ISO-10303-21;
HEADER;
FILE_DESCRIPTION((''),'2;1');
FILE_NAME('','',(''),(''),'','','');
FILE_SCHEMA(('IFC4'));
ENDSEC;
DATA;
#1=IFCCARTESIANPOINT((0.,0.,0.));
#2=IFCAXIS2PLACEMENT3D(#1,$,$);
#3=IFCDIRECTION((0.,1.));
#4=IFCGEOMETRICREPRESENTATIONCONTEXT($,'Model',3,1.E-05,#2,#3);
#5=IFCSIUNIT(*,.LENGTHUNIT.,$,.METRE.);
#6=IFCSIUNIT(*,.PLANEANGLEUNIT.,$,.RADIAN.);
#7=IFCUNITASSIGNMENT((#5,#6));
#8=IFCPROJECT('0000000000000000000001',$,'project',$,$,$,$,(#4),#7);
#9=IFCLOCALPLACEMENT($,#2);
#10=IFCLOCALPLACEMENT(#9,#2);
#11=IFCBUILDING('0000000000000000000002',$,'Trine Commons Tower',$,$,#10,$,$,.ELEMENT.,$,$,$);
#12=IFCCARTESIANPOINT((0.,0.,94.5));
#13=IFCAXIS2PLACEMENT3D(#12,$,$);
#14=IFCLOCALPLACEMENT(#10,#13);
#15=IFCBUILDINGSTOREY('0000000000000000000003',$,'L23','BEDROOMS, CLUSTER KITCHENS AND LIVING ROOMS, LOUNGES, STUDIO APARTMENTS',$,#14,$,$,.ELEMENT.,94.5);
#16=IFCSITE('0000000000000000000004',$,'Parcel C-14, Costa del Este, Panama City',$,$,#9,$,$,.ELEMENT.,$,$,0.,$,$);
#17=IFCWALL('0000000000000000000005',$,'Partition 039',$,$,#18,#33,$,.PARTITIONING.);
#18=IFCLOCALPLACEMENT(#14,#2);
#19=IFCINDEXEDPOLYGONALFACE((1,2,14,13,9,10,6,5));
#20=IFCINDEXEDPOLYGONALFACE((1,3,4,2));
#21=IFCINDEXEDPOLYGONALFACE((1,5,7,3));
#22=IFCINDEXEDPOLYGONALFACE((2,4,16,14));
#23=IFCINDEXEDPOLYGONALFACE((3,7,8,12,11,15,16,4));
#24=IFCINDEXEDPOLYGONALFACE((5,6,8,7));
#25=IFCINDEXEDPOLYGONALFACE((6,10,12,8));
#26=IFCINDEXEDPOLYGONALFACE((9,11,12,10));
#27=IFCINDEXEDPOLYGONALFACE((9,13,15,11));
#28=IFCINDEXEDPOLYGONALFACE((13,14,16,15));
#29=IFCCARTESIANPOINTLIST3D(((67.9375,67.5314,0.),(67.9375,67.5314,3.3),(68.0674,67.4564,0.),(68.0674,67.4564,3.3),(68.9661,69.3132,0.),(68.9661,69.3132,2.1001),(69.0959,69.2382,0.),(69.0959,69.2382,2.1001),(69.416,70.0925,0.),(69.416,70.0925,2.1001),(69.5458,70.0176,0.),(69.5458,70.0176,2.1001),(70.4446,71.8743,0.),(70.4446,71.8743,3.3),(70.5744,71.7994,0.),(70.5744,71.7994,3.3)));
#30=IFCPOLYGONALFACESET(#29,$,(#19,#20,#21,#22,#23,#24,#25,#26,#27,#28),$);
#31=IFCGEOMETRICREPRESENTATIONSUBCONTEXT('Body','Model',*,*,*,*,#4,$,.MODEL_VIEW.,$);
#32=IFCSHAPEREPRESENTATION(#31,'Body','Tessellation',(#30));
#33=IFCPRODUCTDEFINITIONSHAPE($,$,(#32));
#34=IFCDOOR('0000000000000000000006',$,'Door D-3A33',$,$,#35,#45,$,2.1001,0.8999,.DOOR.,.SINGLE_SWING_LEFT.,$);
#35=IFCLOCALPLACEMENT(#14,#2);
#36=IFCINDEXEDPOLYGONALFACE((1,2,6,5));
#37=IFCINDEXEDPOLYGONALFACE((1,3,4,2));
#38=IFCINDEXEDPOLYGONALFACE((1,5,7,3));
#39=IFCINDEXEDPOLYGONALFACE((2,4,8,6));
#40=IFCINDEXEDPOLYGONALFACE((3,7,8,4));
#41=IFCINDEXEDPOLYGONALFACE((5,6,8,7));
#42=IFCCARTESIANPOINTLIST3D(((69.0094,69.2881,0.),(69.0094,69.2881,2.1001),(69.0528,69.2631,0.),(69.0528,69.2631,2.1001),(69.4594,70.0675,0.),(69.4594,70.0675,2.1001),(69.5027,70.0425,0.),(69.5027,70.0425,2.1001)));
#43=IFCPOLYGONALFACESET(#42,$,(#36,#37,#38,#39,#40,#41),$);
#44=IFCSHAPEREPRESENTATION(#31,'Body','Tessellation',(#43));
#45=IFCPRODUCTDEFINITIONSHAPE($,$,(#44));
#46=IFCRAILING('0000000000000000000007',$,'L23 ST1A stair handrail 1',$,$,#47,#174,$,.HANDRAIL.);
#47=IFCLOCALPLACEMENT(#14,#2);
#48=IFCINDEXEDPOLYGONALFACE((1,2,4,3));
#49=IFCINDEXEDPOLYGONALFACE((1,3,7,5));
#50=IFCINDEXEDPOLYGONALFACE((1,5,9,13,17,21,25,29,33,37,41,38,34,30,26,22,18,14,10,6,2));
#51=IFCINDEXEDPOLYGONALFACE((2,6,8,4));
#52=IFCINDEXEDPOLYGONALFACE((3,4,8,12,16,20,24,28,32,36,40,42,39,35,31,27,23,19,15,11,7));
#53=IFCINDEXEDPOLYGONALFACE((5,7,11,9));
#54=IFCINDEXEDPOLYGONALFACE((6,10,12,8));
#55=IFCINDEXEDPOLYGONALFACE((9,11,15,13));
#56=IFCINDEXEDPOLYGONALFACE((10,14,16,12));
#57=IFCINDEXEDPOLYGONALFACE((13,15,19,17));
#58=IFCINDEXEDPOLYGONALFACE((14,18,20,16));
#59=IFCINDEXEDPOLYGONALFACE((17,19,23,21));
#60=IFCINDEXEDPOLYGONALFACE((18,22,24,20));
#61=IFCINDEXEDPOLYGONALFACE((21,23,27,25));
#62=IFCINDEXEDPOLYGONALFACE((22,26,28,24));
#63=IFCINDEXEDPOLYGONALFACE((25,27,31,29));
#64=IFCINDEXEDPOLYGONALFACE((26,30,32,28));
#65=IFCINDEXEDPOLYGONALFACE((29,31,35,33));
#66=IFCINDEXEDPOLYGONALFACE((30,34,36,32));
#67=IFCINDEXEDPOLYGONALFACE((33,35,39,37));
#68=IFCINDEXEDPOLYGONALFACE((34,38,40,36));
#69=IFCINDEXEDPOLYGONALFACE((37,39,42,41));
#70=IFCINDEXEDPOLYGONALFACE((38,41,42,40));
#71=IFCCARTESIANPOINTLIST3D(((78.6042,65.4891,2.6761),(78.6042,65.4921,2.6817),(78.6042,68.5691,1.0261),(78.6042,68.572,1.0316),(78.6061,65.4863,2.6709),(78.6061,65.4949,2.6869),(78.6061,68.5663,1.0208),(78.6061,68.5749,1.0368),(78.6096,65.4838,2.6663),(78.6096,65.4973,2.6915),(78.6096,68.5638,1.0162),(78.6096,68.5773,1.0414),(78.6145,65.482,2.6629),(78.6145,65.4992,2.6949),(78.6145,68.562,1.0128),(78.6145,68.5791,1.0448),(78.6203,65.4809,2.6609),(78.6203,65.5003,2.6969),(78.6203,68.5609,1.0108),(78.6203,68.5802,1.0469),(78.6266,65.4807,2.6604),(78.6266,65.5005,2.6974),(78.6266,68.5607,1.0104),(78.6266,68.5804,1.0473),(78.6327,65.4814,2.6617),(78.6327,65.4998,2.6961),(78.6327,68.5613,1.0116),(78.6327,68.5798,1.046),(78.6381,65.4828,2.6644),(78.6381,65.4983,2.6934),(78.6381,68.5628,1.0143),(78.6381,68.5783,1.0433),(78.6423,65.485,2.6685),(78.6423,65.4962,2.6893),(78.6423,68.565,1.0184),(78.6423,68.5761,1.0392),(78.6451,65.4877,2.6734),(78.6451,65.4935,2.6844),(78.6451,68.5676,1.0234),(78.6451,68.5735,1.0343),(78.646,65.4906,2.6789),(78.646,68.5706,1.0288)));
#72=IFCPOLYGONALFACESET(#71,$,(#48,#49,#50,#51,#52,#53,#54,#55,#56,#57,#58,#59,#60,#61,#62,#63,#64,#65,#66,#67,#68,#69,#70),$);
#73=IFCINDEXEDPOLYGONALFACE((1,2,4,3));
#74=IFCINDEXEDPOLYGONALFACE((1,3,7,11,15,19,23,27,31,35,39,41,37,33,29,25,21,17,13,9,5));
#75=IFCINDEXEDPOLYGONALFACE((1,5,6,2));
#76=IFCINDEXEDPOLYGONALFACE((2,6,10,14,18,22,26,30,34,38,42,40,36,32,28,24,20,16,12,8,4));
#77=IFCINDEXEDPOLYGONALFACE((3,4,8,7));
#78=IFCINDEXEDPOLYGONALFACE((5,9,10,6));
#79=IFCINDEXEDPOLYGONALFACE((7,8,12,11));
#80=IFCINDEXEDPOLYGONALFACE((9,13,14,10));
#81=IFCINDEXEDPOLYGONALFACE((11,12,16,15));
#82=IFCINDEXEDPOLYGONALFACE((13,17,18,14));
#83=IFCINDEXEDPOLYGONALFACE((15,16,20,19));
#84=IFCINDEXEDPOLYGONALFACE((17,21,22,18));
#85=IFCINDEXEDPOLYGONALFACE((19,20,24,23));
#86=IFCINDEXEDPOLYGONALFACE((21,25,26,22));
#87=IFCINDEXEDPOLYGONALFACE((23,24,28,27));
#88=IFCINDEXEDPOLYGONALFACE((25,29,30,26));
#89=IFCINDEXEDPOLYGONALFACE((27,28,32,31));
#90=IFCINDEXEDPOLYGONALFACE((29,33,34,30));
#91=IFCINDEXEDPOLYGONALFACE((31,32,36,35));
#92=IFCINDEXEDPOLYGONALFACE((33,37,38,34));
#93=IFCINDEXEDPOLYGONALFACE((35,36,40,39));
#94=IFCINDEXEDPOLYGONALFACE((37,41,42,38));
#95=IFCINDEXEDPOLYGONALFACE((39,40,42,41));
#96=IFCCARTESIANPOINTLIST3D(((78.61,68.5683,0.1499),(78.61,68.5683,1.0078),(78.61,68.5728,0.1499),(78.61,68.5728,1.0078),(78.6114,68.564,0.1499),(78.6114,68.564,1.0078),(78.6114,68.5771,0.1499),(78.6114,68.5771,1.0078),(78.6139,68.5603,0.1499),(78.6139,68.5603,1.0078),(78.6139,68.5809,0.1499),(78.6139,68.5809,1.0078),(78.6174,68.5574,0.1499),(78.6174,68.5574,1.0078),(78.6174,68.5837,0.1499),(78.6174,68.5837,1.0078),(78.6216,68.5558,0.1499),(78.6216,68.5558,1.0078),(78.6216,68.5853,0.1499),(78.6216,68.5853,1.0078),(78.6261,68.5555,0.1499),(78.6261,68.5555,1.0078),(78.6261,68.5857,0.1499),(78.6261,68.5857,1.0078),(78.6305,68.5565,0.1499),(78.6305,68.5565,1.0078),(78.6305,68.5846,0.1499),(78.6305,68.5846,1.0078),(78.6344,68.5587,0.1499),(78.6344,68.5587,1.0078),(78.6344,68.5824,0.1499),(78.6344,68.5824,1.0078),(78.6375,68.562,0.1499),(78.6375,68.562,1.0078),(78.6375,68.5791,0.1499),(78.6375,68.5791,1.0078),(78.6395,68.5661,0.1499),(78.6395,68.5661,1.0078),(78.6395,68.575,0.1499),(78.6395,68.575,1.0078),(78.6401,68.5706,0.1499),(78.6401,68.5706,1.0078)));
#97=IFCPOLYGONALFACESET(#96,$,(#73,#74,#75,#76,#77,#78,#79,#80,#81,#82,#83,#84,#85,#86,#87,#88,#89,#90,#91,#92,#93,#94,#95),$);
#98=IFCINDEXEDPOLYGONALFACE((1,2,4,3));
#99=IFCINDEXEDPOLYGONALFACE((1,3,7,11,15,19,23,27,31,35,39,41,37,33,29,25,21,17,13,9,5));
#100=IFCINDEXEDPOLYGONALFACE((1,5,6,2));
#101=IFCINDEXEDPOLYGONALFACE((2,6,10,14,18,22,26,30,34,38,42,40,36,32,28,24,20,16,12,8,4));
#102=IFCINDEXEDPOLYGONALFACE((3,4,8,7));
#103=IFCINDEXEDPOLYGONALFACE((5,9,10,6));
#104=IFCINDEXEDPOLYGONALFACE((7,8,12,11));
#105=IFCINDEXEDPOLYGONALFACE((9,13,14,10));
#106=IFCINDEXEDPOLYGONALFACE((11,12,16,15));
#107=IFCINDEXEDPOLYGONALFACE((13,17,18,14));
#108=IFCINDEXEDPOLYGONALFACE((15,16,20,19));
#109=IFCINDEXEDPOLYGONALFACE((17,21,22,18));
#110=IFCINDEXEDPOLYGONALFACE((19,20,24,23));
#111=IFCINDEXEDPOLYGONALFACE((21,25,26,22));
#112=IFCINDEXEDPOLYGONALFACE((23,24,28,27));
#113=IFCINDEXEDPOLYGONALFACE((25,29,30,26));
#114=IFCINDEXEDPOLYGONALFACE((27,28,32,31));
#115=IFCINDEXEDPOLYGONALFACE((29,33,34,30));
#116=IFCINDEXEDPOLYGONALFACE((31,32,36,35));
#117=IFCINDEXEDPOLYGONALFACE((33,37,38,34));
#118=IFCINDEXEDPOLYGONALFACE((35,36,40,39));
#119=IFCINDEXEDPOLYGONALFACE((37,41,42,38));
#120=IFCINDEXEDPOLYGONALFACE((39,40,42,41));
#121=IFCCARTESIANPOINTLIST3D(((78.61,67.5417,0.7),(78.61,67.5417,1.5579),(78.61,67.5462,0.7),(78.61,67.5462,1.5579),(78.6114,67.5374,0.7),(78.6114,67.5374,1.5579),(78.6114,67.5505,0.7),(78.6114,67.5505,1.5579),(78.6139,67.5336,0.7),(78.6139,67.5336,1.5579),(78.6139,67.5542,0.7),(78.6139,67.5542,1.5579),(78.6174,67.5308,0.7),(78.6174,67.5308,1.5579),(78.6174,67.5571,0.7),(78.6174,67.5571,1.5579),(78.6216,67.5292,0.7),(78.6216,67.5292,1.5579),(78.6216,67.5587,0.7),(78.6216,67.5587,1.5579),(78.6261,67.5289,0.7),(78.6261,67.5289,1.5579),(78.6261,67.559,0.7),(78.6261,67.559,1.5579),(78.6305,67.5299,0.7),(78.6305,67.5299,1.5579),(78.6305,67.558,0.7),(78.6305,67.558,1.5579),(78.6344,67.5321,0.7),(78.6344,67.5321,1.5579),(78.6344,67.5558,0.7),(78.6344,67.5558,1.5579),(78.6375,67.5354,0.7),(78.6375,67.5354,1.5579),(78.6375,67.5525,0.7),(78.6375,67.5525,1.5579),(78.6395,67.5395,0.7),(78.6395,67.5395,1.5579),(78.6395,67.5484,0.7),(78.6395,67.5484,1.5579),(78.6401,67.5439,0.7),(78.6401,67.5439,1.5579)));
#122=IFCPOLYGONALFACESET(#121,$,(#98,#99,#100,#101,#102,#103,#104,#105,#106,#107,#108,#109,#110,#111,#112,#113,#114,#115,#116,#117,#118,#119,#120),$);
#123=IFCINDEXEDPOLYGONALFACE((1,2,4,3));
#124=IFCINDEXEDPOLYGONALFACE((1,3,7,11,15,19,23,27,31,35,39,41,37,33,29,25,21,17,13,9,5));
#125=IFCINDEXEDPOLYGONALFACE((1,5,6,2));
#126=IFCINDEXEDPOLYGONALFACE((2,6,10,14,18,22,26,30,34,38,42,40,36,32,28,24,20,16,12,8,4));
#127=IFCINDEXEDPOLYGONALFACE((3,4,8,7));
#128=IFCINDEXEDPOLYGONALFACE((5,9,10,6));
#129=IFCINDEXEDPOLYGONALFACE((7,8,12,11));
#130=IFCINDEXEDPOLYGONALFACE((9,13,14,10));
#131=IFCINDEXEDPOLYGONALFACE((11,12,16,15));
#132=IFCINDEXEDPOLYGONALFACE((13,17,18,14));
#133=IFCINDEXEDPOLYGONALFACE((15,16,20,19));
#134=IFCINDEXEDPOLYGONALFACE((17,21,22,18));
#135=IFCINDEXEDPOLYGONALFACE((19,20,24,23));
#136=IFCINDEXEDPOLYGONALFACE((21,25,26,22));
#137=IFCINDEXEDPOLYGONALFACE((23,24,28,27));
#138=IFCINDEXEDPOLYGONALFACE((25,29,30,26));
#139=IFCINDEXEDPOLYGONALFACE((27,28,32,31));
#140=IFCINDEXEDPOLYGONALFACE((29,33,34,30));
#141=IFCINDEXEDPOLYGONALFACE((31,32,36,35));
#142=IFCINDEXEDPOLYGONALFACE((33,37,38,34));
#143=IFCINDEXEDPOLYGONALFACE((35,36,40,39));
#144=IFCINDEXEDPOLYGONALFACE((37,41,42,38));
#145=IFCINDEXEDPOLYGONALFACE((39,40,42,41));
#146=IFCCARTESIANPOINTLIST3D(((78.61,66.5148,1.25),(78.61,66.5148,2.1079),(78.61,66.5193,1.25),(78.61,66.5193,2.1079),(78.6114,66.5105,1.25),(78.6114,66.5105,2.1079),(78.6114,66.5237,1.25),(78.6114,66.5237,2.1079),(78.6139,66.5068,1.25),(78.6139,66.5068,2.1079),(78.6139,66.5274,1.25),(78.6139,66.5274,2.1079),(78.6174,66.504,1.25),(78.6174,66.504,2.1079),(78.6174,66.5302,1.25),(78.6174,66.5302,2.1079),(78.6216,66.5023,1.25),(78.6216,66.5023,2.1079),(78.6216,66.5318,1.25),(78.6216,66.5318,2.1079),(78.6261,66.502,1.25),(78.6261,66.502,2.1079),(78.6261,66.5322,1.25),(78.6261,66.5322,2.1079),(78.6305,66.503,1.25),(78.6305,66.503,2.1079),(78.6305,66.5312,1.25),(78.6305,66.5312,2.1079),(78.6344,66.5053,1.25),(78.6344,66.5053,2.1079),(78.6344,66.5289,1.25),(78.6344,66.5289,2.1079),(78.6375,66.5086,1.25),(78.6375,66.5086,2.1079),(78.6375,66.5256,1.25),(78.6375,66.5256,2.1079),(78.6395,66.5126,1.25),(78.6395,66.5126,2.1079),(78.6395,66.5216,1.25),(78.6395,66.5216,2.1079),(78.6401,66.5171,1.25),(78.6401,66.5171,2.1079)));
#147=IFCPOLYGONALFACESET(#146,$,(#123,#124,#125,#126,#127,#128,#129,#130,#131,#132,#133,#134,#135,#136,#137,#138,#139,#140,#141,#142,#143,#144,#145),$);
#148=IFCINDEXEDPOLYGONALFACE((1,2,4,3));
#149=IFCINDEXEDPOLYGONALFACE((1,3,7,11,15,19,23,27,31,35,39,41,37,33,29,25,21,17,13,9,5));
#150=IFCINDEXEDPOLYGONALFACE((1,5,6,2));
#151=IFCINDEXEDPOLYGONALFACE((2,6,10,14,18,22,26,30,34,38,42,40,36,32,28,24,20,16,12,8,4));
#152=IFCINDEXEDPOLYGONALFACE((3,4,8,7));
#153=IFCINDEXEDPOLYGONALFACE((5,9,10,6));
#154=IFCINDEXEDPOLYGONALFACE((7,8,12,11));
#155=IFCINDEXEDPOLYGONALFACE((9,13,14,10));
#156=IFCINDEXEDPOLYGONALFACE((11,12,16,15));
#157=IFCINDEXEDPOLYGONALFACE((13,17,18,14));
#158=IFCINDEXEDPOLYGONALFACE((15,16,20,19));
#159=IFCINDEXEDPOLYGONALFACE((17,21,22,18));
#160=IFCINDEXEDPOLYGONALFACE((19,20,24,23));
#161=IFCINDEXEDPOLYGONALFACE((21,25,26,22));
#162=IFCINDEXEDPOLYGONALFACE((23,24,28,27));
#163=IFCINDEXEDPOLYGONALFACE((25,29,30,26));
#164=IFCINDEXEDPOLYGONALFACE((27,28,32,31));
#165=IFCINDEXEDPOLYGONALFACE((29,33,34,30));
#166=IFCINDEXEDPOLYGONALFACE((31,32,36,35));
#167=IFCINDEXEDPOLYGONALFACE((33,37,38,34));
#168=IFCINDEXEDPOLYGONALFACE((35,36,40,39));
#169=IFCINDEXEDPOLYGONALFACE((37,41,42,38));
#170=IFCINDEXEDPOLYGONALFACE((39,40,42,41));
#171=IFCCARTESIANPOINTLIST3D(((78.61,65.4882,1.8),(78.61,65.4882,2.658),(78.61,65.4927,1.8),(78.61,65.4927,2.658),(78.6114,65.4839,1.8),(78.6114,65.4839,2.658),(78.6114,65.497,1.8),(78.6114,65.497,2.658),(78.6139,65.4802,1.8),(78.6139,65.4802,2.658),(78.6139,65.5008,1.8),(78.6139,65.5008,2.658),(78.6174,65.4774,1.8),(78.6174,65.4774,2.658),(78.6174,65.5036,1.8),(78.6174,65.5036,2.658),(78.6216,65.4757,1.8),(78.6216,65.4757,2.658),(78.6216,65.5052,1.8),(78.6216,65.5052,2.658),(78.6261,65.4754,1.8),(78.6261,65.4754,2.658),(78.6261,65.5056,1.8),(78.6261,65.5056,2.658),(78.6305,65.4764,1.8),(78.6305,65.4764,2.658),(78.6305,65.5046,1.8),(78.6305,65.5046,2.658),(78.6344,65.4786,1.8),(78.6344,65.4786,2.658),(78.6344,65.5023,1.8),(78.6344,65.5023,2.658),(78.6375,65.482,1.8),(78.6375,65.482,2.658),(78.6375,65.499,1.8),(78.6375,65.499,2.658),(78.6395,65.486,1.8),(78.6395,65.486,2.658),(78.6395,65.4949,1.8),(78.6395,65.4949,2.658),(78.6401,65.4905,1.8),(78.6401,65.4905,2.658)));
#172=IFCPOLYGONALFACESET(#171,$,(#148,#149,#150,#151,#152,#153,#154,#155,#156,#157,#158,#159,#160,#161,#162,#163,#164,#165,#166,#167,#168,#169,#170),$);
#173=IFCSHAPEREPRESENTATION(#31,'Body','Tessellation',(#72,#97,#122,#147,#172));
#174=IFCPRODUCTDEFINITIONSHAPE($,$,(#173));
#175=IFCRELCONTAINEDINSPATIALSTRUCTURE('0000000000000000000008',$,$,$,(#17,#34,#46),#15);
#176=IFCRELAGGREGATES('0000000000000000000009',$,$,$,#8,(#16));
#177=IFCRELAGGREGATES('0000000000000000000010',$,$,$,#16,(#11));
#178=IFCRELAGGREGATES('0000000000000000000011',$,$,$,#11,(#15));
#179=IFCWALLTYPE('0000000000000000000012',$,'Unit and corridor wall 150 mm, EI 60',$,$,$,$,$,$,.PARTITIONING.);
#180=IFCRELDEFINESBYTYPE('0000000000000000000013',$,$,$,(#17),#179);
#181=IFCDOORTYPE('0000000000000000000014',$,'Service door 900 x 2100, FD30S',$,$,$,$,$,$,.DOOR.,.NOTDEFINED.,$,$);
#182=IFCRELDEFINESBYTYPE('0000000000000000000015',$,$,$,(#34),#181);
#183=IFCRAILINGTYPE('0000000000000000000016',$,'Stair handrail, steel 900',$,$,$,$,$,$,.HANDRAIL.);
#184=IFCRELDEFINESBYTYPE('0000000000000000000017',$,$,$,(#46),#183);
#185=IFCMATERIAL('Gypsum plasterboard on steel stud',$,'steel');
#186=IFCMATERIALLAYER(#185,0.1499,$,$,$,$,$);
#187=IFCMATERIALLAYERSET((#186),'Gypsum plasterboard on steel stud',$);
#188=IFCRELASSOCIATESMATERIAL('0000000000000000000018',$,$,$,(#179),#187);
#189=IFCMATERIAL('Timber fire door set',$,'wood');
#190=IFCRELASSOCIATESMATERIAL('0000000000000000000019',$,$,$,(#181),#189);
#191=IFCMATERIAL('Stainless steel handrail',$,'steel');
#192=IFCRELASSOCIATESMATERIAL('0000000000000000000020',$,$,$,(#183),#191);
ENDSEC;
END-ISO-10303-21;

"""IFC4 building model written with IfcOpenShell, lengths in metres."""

from ifc_helpers import new_model, si_unit, direction, frame, frame_2d, origin, origin_2d, place, context, subcontext, project, spatial, rectangle, circle, extrude, material, layer, layer_set, type_object, element, fill, save


model = new_model("IFC4")

# Units and contexts
model_context = context("Model", 3, precision=1e-05, world=origin(), true_north=direction((0.0, 1.0)))
body_context = subcontext(model_context, "Body", "Model", "MODEL_VIEW")
ifc_project = project(units=[si_unit("LENGTHUNIT", "METRE"), si_unit("PLANEANGLEUNIT", "RADIAN")], contexts=[model_context])

# Site, building, storey
site_placement = place(None, origin())
site = spatial("IfcSite", under=ifc_project, at=site_placement, Name="Parcel C-14, Costa del Este, Panama City", CompositionType="ELEMENT", RefElevation=0.0)
building_placement = place(site_placement, origin())
building = spatial("IfcBuilding", under=site, at=building_placement, Name="Trine Commons Tower", CompositionType="ELEMENT")
storey_placement = place(building_placement, frame((0.0, 0.0, 94.5)))
storey = spatial("IfcBuildingStorey", under=building, at=storey_placement, Name="L23", Description="BEDROOMS, CLUSTER KITCHENS AND LIVING ROOMS, LOUNGES, STUDIO APARTMENTS", CompositionType="ELEMENT", Elevation=94.5)

# Shared definitions
ifc_material_1 = material(Name="Gypsum plasterboard on steel stud", Category="steel")
ifc_layer_1 = layer(ifc_material_1, 0.1499)
ifc_layer_set_1 = layer_set([ifc_layer_1], Name="Gypsum plasterboard on steel stud")
wall_type_1 = type_object("IfcWallType", Name="Unit and corridor wall 150 mm, EI 60", PredefinedType="PARTITIONING", material=ifc_layer_set_1)

# Wall, opening, door
wall_1_placement = place(storey_placement, frame((68.0024, 67.4939, 0.0), z_axis=(0.0, 0.0, 1.0), x_axis=(0.499946, 0.866057, 0.0)))
wall_1 = element("IfcWall", 1, at=wall_1_placement, inside=storey, type_object=wall_type_1, Name="Partition 039", PredefinedType="PARTITIONING", context=body_context, shape_type="SweptSolid", body=[
    extrude(rectangle(XDim=5.0146, YDim=0.1499, at=frame_2d((2.5073, 0.0))), origin(), (0.0, 0.0, 1.0), 3.3),
])
opening_1_placement = place(wall_1_placement, frame((2.0574, 0.0, 0.0)))
opening_1 = element("IfcOpeningElement", 2, at=opening_1_placement, cuts=wall_1, PredefinedType="OPENING", context=body_context, shape_type="SweptSolid", body=[
    extrude(rectangle(XDim=0.8999, YDim=2.1001, at=frame_2d((0.45, 1.05))), frame((0.0, 0.085, 0.0), z_axis=(0.0, -1.0, 0.0), x_axis=(1.0, 0.0, 0.0)), (0.0, 0.0, 1.0), 0.1699),
])
ifc_material_2 = material(Name="Timber fire door set", Category="wood")
door_type_1 = type_object("IfcDoorType", Name="Service door 900 x 2100, FD30S", OperationType="NOTDEFINED", PredefinedType="DOOR", material=ifc_material_2)
door_1_placement = place(opening_1_placement, origin())
door_1 = element("IfcDoor", 3, at=door_1_placement, inside=storey, type_object=door_type_1, Name="Door D-3A33", OperationType="SINGLE_SWING_LEFT", OverallHeight=2.1001, OverallWidth=0.8999, PredefinedType="DOOR", context=body_context, shape_type="SweptSolid", body=[
    extrude(rectangle(XDim=0.8999, YDim=2.1001, at=frame_2d((0.45, 1.05))), frame((0.0, 0.0249, 0.0), z_axis=(0.0, -1.0, 0.0), x_axis=(1.0, 0.0, 0.0)), (0.0, 0.0, 1.0), 0.05),
])
fill(opening_1, door_1)

# Railing
ifc_material_3 = material(Name="Stainless steel handrail", Category="steel")
railing_type = type_object("IfcRailingType", Name="Stair handrail, steel 900", PredefinedType="HANDRAIL", material=ifc_material_3)
railing_placement = place(storey_placement, frame((78.625, 68.5706, 0.1499)))
element("IfcRailing", 4, at=railing_placement, inside=storey, type_object=railing_type, Name="L23 ST1A stair handrail 1", PredefinedType="HANDRAIL", context=body_context, shape_type="SweptSolid", body=[
    extrude(circle(Radius=0.021, at=origin_2d()), frame((0.0, 0.0, 0.8789), z_axis=(0.0, -0.881468, 0.472245), x_axis=(1.0, 0.0, 0.0)), (0.0, 0.0, 1.0), 3.4941),
    extrude(circle(Radius=0.0151, at=origin_2d()), origin(), (0.0, 0.0, 1.0), 0.8579),
    extrude(circle(Radius=0.0151, at=origin_2d()), frame((0.0, -1.0266, 0.55)), (0.0, 0.0, 1.0), 0.8579),
    extrude(circle(Radius=0.0151, at=origin_2d()), frame((0.0, -2.0535, 1.1001)), (0.0, 0.0, 1.0), 0.8579),
    extrude(circle(Radius=0.0151, at=origin_2d()), frame((0.0, -3.0801, 1.6501)), (0.0, 0.0, 1.0), 0.8579),
])

save(model, "model.ifc")
